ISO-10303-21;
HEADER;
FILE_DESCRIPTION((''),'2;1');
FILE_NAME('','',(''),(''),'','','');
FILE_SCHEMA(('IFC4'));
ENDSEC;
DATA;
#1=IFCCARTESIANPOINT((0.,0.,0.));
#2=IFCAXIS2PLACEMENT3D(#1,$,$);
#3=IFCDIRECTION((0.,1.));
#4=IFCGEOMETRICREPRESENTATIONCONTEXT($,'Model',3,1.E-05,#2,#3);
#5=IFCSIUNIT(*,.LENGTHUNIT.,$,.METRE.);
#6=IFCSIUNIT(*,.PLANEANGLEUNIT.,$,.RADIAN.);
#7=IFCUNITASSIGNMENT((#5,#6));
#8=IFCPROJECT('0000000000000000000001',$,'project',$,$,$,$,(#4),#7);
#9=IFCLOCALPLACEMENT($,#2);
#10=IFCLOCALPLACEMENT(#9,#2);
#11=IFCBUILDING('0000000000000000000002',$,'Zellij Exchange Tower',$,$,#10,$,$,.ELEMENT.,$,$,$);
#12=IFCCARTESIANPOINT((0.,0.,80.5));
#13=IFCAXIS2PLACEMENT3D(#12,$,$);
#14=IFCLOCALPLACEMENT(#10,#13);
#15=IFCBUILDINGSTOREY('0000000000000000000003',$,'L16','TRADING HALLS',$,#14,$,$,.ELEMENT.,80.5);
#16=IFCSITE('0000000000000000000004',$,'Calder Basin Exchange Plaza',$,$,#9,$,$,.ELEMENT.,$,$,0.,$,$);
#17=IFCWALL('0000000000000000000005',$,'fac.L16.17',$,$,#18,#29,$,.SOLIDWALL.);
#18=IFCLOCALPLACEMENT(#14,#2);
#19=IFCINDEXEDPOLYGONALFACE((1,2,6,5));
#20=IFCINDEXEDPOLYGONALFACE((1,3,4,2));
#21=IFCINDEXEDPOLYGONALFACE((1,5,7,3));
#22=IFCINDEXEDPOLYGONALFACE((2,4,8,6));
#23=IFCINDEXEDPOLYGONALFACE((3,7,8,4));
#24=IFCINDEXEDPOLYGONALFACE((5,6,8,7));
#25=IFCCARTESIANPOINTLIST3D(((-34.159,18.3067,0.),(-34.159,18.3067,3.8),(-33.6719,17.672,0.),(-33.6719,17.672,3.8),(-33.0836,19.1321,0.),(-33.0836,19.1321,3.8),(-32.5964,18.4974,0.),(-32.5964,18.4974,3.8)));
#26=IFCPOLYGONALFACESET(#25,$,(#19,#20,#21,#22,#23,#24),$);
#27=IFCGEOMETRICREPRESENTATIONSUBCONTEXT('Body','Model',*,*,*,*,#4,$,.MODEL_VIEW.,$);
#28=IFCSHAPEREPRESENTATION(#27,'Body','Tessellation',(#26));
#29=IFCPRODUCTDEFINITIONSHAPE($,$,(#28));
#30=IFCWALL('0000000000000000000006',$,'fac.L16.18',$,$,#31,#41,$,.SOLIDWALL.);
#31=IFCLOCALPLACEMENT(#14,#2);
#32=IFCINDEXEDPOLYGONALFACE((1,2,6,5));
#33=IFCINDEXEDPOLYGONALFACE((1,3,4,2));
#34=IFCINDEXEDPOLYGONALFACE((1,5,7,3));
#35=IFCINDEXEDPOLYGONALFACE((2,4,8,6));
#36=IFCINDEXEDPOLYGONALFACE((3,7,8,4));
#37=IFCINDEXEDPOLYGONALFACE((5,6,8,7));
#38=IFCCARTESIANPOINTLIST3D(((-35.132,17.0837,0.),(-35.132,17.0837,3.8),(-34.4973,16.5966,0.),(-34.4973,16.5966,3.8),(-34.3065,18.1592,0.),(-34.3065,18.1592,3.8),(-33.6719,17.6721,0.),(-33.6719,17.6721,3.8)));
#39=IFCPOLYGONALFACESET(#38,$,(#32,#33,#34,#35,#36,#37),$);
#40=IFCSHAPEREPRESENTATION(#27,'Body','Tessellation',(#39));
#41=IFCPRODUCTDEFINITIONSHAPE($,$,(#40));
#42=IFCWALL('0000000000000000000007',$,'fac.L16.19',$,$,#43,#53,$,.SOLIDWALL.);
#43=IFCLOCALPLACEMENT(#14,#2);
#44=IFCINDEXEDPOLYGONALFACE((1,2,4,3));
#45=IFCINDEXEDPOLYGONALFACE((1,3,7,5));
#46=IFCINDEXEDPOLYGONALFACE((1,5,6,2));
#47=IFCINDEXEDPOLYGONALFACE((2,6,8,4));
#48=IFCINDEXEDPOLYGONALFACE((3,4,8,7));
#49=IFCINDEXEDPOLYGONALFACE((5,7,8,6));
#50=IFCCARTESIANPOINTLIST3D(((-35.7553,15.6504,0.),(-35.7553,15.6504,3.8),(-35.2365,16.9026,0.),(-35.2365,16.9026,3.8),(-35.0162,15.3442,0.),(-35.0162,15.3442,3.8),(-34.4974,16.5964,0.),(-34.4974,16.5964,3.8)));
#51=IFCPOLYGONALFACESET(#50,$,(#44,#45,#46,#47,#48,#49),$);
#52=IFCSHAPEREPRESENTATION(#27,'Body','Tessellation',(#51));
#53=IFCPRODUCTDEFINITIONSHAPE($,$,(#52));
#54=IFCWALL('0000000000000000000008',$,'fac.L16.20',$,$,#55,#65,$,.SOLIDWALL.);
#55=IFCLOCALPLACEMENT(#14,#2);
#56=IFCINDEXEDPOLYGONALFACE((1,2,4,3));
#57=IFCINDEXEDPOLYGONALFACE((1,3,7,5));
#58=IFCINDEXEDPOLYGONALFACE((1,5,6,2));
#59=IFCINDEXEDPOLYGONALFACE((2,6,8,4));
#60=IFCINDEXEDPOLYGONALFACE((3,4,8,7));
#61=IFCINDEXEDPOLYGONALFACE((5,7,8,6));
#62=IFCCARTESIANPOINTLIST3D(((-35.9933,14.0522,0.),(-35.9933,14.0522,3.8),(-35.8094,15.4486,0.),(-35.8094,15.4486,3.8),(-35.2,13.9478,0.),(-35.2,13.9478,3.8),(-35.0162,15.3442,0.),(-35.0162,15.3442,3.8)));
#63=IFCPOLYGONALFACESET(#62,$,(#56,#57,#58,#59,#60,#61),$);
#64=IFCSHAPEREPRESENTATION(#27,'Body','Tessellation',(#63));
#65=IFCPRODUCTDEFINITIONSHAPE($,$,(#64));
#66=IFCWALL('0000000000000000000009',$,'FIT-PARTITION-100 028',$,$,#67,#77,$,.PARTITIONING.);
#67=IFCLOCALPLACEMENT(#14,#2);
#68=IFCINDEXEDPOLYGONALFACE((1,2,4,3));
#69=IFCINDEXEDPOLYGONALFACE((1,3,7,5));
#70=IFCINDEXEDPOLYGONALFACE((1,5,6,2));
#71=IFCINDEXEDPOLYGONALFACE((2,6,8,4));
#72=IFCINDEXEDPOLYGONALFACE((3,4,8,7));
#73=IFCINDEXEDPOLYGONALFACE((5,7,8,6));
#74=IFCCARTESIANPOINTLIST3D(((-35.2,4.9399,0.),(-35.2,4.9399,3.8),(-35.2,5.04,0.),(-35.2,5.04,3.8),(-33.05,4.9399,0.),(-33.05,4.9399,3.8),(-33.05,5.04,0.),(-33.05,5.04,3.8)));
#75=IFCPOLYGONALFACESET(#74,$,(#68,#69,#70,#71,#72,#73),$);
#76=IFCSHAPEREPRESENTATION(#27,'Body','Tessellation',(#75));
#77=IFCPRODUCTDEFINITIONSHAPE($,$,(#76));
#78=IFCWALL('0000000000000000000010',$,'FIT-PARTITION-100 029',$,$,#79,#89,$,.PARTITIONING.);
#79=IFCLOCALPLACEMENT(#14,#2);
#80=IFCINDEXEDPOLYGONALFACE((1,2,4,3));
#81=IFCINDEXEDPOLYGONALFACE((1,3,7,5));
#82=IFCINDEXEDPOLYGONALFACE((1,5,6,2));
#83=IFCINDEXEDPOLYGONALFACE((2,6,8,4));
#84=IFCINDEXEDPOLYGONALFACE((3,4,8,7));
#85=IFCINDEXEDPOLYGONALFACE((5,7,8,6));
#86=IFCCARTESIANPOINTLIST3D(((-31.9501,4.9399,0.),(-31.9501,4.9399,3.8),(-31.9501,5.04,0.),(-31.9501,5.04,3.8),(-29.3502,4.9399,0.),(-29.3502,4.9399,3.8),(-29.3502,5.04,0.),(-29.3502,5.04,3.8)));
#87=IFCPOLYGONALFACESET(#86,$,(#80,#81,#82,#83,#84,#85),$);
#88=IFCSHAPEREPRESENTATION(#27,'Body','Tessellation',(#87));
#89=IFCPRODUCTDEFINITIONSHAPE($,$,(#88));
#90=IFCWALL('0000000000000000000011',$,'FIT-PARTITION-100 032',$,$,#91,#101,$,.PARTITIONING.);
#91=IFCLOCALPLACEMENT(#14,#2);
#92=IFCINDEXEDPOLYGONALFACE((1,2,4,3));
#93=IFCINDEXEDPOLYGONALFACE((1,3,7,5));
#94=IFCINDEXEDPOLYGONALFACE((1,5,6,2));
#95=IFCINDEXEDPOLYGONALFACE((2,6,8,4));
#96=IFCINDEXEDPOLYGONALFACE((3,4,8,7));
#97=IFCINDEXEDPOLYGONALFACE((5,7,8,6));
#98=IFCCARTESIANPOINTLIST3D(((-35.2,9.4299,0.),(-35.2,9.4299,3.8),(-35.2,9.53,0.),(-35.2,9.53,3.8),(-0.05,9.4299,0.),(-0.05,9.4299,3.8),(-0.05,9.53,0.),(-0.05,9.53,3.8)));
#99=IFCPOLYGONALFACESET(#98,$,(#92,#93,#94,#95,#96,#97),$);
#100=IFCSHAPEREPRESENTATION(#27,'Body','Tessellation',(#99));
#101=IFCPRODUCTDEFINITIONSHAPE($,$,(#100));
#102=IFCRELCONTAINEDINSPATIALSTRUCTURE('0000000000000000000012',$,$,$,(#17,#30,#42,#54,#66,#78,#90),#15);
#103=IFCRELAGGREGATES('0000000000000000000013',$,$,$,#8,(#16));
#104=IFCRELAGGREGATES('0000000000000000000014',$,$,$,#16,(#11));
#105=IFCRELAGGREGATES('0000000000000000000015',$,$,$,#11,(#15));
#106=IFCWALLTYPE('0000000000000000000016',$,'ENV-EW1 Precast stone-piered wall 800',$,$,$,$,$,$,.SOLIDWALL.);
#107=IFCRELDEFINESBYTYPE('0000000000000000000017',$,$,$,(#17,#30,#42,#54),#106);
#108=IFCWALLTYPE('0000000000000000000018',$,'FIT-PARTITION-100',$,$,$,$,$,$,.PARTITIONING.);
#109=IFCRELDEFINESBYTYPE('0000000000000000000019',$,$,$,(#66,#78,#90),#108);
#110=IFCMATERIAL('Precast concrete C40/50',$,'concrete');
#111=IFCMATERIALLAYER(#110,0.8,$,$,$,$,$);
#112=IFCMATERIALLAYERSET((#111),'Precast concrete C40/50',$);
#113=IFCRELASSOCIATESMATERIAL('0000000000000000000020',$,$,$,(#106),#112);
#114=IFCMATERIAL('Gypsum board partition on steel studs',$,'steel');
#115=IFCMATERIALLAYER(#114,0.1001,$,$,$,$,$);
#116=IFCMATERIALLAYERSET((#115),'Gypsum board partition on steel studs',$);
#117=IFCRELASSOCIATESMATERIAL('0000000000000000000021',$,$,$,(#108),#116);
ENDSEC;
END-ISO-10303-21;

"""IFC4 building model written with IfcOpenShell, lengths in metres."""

from ifc_helpers import new_model, si_unit, direction, frame, frame_2d, origin, place, context, subcontext, project, spatial, rectangle, extrude, material, layer, layer_set, type_object, element, save


model = new_model("IFC4")

# Units and contexts
model_context = context("Model", 3, precision=1e-05, world=origin(), true_north=direction((0.0, 1.0)))
body_context = subcontext(model_context, "Body", "Model", "MODEL_VIEW")
ifc_project = project(units=[si_unit("LENGTHUNIT", "METRE"), si_unit("PLANEANGLEUNIT", "RADIAN")], contexts=[model_context])

# Site, building, storey
site_placement = place(None, origin())
site = spatial("IfcSite", under=ifc_project, at=site_placement, Name="Calder Basin Exchange Plaza", CompositionType="ELEMENT", RefElevation=0.0)
building_placement = place(site_placement, origin())
building = spatial("IfcBuilding", under=site, at=building_placement, Name="Zellij Exchange Tower", CompositionType="ELEMENT")
storey_placement = place(building_placement, frame((0.0, 0.0, 80.5)))
storey = spatial("IfcBuildingStorey", under=building, at=storey_placement, Name="L16", Description="TRADING HALLS", CompositionType="ELEMENT", Elevation=80.5)

# Walls
ifc_material_1 = material(Name="Precast concrete C40/50", Category="concrete")
ifc_layer_1 = layer(ifc_material_1, 0.8)
ifc_layer_set_1 = layer_set([ifc_layer_1], Name="Precast concrete C40/50")
wall_type_1 = type_object("IfcWallType", Name="ENV-EW1 Precast stone-piered wall 800", PredefinedType="SOLIDWALL", material=ifc_layer_set_1)
for number, where, z_axis, x_axis, name in (
    (1, (-32.8401, 18.8147, 0.0), (0.0, 0.0, 1.0), (-0.793273, -0.608866, 0.0), "fac.L16.17"),
    (2, (-33.9893, 17.9155, 0.0), (0.0, 0.0, 1.0), (-0.608866, -0.793273, 0.0), "fac.L16.18"),
):
    element("IfcWall", number, at=place(storey_placement, frame(where, z_axis=z_axis, x_axis=x_axis)), inside=storey, type_object=wall_type_1, Name=name, PredefinedType="SOLIDWALL", context=body_context, shape_type="SweptSolid", body=[
        extrude(rectangle(XDim=1.3557, YDim=0.8, at=frame_2d((0.6777, 0.0))), origin(), (0.0, 0.0, 1.0), 3.8),
    ])
wall_1_placement = place(storey_placement, frame((-34.8669, 16.7495, 0.0), z_axis=(0.0, 0.0, 1.0), x_axis=(-0.38276, -0.923848, 0.0)))
element("IfcWall", 3, at=wall_1_placement, inside=storey, type_object=wall_type_1, Name="fac.L16.19", PredefinedType="SOLIDWALL", context=body_context, shape_type="SweptSolid", body=[
    extrude(rectangle(XDim=1.3555, YDim=0.8, at=frame_2d((0.6777, 0.0))), origin(), (0.0, 0.0, 1.0), 3.8),
])
wall_2_placement = place(storey_placement, frame((-35.4128, 15.3962, 0.0), z_axis=(0.0, 0.0, 1.0), x_axis=(-0.130517, -0.991446, 0.0)))
element("IfcWall", 4, at=wall_2_placement, inside=storey, type_object=wall_type_1, Name="fac.L16.20", PredefinedType="SOLIDWALL", context=body_context, shape_type="SweptSolid", body=[
    extrude(rectangle(XDim=1.4084, YDim=0.8, at=frame_2d((0.7041, 0.0))), origin(), (0.0, 0.0, 1.0), 3.8),
])

# Walls
ifc_material_2 = material(Name="Gypsum board partition on steel studs", Category="steel")
ifc_layer_2 = layer(ifc_material_2, 0.1001)
ifc_layer_set_2 = layer_set([ifc_layer_2], Name="Gypsum board partition on steel studs")
wall_type_2 = type_object("IfcWallType", Name="FIT-PARTITION-100", PredefinedType="PARTITIONING", material=ifc_layer_set_2)
wall_3_placement = place(storey_placement, frame((-35.2, 4.99, 0.0), z_axis=(0.0, 0.0, 1.0), x_axis=(1.0, 0.0, 0.0)))
element("IfcWall", 5, at=wall_3_placement, inside=storey, type_object=wall_type_2, Name="FIT-PARTITION-100 028", PredefinedType="PARTITIONING", context=body_context, shape_type="SweptSolid", body=[
    extrude(rectangle(XDim=2.1499, YDim=0.1001, at=frame_2d((1.075, 0.0))), origin(), (0.0, 0.0, 1.0), 3.8),
])
wall_4_placement = place(storey_placement, frame((-31.95, 4.99, 0.0), z_axis=(0.0, 0.0, 1.0), x_axis=(1.0, 0.0, 0.0)))
element("IfcWall", 6, at=wall_4_placement, inside=storey, type_object=wall_type_2, Name="FIT-PARTITION-100 029", PredefinedType="PARTITIONING", context=body_context, shape_type="SweptSolid", body=[
    extrude(rectangle(XDim=2.5999, YDim=0.1001, at=frame_2d((1.2998, 0.0))), origin(), (0.0, 0.0, 1.0), 3.8),
])
wall_5_placement = place(storey_placement, frame((-35.2, 9.48, 0.0), z_axis=(0.0, 0.0, 1.0), x_axis=(1.0, 0.0, 0.0)))
element("IfcWall", 7, at=wall_5_placement, inside=storey, type_object=wall_type_2, Name="FIT-PARTITION-100 032", PredefinedType="PARTITIONING", context=body_context, shape_type="SweptSolid", body=[
    extrude(rectangle(XDim=35.1499, YDim=0.1001, at=frame_2d((17.575, 0.0))), origin(), (0.0, 0.0, 1.0), 3.8),
])

save(model, "model.ifc")
